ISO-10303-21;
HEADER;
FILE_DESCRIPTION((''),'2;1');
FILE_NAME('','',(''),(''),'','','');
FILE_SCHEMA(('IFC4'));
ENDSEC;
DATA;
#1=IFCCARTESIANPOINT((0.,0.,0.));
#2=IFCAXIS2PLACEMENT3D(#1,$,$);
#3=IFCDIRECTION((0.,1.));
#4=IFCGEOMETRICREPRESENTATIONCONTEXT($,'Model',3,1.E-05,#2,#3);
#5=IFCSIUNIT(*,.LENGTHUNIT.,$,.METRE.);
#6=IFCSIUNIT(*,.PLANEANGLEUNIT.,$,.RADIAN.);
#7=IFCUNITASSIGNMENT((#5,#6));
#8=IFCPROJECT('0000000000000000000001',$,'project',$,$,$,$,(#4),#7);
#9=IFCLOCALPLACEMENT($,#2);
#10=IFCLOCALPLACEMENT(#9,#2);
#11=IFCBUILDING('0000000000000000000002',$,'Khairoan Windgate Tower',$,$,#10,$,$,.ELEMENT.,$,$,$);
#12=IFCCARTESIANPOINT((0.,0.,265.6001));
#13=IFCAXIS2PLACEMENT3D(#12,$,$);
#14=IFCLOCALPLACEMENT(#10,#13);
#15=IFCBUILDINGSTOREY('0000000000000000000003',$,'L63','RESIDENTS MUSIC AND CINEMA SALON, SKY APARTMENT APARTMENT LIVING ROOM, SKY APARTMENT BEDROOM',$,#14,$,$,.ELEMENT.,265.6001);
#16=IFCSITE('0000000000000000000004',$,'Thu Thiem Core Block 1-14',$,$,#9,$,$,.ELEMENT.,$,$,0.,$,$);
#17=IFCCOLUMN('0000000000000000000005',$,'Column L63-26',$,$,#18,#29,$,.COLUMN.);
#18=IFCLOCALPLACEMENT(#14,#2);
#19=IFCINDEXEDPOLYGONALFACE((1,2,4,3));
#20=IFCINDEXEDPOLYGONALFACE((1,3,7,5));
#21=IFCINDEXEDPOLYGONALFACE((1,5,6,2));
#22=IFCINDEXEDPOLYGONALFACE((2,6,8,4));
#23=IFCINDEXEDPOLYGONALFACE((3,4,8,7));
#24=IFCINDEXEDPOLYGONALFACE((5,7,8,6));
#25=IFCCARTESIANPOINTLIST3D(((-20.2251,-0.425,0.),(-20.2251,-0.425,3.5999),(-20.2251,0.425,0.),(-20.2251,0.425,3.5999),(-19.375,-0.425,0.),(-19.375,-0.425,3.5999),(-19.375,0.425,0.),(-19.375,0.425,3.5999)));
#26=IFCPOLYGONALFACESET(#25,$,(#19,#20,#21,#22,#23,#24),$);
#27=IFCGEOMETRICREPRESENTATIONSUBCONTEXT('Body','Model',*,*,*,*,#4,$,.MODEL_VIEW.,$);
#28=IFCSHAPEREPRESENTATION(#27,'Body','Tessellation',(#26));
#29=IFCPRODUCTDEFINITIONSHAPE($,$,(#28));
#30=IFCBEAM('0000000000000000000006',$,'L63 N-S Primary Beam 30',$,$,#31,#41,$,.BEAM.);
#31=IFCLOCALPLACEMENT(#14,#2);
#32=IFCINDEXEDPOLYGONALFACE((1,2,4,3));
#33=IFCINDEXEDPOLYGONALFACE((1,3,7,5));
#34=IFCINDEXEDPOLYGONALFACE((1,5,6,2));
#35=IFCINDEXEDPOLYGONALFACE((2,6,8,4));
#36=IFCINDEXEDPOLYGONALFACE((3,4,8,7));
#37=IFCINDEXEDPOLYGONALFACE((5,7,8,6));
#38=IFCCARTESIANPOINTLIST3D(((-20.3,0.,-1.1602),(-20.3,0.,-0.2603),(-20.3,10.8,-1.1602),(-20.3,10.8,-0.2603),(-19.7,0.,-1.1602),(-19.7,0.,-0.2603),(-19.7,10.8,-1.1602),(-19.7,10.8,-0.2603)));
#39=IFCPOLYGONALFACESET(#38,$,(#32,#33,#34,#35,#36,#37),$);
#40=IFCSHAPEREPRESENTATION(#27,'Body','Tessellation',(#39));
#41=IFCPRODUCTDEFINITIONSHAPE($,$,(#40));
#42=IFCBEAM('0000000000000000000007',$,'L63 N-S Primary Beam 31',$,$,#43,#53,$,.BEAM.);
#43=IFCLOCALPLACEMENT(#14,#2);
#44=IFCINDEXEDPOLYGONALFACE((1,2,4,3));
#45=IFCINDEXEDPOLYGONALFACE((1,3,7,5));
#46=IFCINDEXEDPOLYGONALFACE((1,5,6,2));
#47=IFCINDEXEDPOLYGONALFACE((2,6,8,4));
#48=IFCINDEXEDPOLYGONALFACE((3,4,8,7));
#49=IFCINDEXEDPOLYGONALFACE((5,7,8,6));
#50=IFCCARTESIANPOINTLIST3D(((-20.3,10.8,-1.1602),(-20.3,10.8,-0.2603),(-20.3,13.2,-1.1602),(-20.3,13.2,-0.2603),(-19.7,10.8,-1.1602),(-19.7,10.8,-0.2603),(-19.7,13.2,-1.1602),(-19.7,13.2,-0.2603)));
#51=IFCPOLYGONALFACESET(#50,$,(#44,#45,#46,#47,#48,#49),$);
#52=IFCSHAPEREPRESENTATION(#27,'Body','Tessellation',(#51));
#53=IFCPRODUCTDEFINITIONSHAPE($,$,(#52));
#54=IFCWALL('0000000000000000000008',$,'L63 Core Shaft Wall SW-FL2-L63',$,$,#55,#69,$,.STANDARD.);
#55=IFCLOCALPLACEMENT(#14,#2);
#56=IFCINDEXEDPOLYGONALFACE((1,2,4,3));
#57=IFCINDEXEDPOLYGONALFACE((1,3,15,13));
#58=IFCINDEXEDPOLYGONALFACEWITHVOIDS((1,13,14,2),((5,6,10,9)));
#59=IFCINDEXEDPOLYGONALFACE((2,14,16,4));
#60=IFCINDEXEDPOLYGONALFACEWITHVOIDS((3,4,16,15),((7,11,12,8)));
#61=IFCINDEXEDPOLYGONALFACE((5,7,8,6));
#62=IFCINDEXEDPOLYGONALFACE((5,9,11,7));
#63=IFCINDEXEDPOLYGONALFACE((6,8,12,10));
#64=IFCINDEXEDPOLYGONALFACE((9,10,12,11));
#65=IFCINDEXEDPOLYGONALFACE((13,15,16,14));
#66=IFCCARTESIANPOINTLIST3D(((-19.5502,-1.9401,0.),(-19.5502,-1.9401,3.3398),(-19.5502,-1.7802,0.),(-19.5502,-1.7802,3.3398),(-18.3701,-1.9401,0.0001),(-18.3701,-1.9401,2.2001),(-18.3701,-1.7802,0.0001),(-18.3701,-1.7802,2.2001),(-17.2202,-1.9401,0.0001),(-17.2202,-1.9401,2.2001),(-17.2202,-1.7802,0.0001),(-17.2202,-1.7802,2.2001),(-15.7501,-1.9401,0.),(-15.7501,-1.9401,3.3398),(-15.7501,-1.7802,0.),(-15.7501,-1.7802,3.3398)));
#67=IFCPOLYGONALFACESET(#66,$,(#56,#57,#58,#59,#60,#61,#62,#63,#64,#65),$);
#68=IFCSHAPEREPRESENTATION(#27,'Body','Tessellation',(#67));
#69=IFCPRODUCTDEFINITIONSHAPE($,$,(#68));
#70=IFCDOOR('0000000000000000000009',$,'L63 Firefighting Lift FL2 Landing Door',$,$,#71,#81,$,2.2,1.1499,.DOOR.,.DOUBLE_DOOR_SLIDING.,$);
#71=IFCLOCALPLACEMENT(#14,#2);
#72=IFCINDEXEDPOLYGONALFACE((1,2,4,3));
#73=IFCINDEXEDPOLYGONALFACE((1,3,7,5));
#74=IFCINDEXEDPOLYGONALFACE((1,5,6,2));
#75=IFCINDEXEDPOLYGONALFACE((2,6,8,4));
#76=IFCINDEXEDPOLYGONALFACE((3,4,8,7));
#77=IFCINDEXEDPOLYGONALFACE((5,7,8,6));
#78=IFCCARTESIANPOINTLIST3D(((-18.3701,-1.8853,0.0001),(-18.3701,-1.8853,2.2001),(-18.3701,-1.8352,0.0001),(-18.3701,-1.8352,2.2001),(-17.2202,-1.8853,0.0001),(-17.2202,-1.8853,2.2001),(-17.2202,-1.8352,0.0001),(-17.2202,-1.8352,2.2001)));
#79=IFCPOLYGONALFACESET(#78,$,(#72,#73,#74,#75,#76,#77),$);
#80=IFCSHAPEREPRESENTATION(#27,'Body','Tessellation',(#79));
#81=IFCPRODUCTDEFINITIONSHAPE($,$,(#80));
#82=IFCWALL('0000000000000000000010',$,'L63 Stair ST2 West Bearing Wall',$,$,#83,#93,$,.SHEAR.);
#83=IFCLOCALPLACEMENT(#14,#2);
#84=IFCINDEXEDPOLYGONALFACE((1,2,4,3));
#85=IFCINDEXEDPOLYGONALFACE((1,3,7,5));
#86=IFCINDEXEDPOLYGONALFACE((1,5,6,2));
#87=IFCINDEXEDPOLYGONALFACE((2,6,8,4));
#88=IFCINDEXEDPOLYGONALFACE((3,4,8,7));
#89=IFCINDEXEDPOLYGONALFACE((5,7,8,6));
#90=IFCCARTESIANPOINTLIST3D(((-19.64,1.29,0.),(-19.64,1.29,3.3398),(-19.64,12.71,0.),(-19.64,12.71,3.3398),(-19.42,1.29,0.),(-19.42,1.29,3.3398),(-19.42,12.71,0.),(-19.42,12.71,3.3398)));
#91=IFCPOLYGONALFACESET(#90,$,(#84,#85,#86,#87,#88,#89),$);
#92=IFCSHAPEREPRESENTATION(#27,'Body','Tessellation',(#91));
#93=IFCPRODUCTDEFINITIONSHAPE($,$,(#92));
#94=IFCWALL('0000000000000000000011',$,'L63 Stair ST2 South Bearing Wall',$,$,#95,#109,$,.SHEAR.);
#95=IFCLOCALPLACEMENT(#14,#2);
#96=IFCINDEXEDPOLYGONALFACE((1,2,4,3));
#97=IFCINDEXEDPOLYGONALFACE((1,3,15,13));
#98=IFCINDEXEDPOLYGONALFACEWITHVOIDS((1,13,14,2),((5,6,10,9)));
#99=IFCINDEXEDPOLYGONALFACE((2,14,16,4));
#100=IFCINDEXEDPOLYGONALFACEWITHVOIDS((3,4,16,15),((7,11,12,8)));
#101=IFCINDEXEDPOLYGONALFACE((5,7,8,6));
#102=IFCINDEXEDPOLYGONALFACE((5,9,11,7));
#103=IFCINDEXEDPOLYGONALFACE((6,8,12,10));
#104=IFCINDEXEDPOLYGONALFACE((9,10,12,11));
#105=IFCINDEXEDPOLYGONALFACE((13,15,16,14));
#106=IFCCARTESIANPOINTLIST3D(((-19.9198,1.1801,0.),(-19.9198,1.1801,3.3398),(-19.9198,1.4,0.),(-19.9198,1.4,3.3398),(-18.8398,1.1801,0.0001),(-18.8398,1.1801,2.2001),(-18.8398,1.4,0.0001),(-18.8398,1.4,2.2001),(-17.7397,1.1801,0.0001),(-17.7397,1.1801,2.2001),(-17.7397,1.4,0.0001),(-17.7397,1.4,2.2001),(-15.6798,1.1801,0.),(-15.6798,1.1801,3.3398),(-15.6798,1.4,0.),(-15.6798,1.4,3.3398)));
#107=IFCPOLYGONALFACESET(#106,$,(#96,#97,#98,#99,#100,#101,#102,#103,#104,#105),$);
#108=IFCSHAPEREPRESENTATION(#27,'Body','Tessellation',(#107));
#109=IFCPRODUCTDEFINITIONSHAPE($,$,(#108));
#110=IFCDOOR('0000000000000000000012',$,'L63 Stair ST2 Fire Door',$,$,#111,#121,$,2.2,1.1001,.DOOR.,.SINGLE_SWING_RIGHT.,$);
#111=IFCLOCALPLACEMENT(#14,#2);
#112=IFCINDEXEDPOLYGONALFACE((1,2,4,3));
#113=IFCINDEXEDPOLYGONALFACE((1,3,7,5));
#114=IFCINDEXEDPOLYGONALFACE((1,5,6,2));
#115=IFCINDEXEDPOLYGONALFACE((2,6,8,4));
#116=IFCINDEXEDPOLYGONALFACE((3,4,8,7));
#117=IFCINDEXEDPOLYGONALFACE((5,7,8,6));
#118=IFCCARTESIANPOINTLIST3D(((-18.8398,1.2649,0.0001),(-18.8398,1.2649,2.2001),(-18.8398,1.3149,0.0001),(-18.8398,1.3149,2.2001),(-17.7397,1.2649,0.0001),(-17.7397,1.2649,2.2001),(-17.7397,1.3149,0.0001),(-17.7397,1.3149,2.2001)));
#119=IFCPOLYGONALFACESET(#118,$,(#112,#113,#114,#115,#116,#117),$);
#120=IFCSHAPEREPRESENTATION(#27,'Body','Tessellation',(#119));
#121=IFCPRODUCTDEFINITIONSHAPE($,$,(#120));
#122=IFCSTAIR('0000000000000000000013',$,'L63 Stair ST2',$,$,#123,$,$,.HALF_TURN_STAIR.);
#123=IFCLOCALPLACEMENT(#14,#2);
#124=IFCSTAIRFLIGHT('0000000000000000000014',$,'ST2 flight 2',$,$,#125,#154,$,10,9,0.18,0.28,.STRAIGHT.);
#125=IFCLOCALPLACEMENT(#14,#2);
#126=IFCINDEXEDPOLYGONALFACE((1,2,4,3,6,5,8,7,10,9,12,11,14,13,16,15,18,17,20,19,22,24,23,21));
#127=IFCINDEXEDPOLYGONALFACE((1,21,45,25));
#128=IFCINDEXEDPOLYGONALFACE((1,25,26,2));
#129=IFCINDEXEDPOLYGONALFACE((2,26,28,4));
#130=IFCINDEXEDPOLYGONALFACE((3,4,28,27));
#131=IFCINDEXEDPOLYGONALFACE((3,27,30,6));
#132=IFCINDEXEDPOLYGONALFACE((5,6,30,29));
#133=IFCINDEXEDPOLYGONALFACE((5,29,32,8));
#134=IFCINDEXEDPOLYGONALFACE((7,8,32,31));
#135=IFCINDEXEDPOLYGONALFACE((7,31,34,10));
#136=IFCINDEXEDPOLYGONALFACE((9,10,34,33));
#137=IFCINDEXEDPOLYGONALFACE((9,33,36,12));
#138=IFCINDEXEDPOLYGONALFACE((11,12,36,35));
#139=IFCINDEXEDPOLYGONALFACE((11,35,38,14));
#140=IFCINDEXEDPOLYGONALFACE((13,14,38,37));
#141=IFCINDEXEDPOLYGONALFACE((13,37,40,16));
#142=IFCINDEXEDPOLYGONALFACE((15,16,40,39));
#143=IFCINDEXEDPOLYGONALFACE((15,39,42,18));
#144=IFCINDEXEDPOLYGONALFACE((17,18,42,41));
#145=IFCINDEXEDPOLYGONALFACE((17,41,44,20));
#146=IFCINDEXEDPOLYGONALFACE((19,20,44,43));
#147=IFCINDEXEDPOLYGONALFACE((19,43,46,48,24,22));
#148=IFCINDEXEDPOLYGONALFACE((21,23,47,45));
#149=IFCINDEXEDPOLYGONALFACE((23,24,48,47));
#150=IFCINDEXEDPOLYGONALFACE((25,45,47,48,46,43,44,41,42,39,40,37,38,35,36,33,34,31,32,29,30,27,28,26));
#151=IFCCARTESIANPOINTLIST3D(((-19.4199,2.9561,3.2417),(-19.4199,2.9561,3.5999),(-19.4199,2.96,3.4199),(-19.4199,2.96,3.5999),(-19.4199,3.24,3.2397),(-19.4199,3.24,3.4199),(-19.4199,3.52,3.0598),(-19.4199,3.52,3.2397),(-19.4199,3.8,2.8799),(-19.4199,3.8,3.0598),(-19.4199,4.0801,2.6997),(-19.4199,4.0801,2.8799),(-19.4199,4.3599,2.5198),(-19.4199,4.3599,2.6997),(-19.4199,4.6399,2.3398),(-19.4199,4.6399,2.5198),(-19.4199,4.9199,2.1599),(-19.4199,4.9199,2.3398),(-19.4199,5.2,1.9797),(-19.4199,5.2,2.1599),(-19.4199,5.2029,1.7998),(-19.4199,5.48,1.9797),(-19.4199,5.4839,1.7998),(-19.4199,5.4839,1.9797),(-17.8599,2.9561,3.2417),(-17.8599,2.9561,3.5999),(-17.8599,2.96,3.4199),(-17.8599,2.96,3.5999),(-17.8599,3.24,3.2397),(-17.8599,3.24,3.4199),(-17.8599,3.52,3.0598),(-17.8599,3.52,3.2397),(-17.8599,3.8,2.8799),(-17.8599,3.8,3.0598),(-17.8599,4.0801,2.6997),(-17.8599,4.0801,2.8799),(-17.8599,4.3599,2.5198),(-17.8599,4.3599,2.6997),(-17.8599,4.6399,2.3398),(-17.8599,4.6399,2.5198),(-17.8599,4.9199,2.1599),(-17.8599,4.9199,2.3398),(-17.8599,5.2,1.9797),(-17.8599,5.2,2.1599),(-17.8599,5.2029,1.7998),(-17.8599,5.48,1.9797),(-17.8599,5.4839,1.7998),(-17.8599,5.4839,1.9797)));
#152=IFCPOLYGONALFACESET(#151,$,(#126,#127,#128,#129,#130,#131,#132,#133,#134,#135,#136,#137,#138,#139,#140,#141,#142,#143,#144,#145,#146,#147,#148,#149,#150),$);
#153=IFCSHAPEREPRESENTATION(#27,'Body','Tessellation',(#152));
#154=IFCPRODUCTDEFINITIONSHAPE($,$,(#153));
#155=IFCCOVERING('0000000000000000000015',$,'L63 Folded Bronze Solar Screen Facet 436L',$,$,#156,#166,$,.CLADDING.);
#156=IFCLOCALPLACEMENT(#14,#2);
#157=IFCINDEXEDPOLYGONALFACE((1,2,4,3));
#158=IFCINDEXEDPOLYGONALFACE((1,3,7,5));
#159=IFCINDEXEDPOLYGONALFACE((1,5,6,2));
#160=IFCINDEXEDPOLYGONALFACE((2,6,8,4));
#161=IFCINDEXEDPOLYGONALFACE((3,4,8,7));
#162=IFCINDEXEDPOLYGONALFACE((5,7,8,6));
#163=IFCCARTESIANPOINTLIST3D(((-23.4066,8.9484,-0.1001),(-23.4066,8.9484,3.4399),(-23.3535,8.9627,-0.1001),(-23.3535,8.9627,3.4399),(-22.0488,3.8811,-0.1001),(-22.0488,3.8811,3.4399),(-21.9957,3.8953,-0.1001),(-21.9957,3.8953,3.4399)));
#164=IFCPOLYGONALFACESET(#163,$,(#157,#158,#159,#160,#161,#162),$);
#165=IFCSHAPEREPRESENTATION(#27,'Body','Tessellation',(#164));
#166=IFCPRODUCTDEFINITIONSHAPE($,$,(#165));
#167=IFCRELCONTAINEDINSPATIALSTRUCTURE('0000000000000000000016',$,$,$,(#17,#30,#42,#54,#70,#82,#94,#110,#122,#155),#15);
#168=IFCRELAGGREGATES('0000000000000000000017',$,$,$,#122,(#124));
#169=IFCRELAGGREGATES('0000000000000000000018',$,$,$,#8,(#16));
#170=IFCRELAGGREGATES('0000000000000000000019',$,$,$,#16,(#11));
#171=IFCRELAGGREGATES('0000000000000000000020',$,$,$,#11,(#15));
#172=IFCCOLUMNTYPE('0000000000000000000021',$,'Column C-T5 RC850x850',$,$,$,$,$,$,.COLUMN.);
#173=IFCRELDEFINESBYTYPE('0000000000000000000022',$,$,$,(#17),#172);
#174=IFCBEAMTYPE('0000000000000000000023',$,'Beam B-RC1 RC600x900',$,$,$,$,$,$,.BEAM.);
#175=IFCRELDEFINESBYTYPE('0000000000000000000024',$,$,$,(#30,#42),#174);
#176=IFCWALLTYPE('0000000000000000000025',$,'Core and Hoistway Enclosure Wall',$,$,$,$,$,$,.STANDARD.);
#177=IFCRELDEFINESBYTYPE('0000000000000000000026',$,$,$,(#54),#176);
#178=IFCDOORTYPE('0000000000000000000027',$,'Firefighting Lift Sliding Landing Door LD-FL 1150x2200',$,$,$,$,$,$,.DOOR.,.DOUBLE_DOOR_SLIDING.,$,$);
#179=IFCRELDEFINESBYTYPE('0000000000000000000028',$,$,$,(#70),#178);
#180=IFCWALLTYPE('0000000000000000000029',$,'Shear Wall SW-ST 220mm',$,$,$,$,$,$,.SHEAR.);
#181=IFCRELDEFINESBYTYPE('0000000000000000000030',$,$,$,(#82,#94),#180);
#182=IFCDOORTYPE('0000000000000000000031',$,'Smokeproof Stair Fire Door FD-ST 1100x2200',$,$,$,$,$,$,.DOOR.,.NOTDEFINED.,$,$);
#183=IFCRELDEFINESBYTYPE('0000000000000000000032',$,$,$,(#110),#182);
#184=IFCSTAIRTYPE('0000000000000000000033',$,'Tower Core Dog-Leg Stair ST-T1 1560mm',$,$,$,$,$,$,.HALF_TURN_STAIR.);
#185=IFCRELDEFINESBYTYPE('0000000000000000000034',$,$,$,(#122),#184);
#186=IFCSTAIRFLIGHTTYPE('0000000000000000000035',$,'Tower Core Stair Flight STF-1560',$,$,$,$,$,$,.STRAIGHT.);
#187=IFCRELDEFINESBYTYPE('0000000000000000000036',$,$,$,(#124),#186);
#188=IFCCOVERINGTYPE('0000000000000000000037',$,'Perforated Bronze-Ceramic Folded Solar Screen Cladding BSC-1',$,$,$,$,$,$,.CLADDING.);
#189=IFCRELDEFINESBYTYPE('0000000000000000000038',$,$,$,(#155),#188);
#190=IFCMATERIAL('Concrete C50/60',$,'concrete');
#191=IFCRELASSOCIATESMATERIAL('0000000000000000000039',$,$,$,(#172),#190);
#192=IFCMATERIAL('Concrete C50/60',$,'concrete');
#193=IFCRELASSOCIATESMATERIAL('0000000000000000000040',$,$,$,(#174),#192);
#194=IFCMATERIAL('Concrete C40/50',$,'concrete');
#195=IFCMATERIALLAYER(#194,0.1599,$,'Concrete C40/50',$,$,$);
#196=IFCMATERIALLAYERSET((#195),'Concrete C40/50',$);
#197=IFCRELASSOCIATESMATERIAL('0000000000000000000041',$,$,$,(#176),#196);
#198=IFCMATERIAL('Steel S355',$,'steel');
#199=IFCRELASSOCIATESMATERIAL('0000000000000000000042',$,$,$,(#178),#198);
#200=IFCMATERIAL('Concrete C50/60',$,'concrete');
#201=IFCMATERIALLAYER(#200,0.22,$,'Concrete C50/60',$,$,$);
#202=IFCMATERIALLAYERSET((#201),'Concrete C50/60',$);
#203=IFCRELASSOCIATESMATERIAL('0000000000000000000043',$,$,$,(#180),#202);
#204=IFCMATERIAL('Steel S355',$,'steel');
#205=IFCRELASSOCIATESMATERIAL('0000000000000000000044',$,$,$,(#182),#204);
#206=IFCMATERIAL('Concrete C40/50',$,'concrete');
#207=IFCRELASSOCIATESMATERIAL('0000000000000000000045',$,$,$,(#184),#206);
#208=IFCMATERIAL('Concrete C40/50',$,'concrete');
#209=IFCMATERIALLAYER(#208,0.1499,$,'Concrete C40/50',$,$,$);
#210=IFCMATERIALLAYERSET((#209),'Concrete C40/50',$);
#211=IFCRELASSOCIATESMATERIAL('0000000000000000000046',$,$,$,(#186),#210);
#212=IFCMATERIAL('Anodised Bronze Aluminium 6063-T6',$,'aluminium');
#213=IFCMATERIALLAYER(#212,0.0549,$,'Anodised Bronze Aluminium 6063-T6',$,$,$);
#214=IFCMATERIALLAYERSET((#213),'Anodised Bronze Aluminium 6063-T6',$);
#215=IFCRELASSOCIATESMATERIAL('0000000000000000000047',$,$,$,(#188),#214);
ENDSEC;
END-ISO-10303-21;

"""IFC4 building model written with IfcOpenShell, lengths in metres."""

from ifc_helpers import new_model, si_unit, direction, frame, frame_2d, origin, origin_2d, place, context, subcontext, project, spatial, polyline, rectangle, outline, extrude, material, layer, layer_set, material_profile, profile_set, type_object, element, fill, aggregate, save


model = new_model("IFC4")

# Units and contexts
model_context = context("Model", 3, precision=1e-05, world=origin(), true_north=direction((0.0, 1.0)))
body_context = subcontext(model_context, "Body", "Model", "MODEL_VIEW")
ifc_project = project(units=[si_unit("LENGTHUNIT", "METRE"), si_unit("PLANEANGLEUNIT", "RADIAN")], contexts=[model_context])

# Site, building, storey
site_placement = place(None, origin())
site = spatial("IfcSite", under=ifc_project, at=site_placement, Name="Thu Thiem Core Block 1-14", CompositionType="ELEMENT", RefElevation=0.0)
building_placement = place(site_placement, origin())
building = spatial("IfcBuilding", under=site, at=building_placement, Name="Khairoan Windgate Tower", CompositionType="ELEMENT")
storey_placement = place(building_placement, frame((0.0, 0.0, 265.6001)))
storey = spatial("IfcBuildingStorey", under=building, at=storey_placement, Name="L63", Description="RESIDENTS MUSIC AND CINEMA SALON, SKY APARTMENT APARTMENT LIVING ROOM, SKY APARTMENT BEDROOM", CompositionType="ELEMENT", Elevation=265.6001)

# Column
ifc_material_1 = material(Name="Concrete C50/60", Category="concrete")
ifc_material_profile_1 = material_profile(ifc_material_1, rectangle(XDim=0.8501, YDim=0.8501, at=origin_2d()))
ifc_profile_set_1 = profile_set([ifc_material_profile_1], Name="Concrete C50/60")
column_type = type_object("IfcColumnType", Name="Column C-T5 RC850x850", PredefinedType="COLUMN", material=ifc_profile_set_1)
column_placement = place(storey_placement, frame((-19.8, 0.0, 0.0), z_axis=(0.0, 0.0, 1.0), x_axis=(1.0, 0.0, 0.0)))
element("IfcColumn", 1, at=column_placement, inside=storey, type_object=column_type, Name="Column L63-26", PredefinedType="COLUMN", context=body_context, shape_type="SweptSolid", body=[
    extrude(rectangle(XDim=0.8501, YDim=0.8501, at=origin_2d()), origin(), (0.0, 0.0, 1.0), 3.5999),
])

# Beams
ifc_material_2 = material(Name="Concrete C50/60", Category="concrete")
ifc_material_profile_2 = material_profile(ifc_material_2, rectangle(XDim=0.6001, YDim=0.8999, at=origin_2d()))
ifc_profile_set_2 = profile_set([ifc_material_profile_2], Name="Concrete C50/60")
beam_type = type_object("IfcBeamType", Name="Beam B-RC1 RC600x900", PredefinedType="BEAM", material=ifc_profile_set_2)
beam_1_placement = place(storey_placement, frame((-20.0, 0.0, -0.7102), z_axis=(0.0, 1.0, 0.0), x_axis=(-1.0, 0.0, 0.0)))
element("IfcBeam", 2, at=beam_1_placement, inside=storey, type_object=beam_type, Name="L63 N-S Primary Beam 30", PredefinedType="BEAM", context=body_context, shape_type="SweptSolid", body=[
    extrude(rectangle(XDim=0.6001, YDim=0.8999, at=origin_2d()), origin(), (0.0, 0.0, 1.0), 10.8),
])
beam_2_placement = place(storey_placement, frame((-20.0, 10.8, -0.7102), z_axis=(0.0, 1.0, 0.0), x_axis=(-1.0, 0.0, 0.0)))
element("IfcBeam", 3, at=beam_2_placement, inside=storey, type_object=beam_type, Name="L63 N-S Primary Beam 31", PredefinedType="BEAM", context=body_context, shape_type="SweptSolid", body=[
    extrude(rectangle(XDim=0.6001, YDim=0.8999, at=origin_2d()), origin(), (0.0, 0.0, 1.0), 2.3999),
])

# Wall, opening, door
ifc_material_3 = material(Name="Concrete C40/50", Category="concrete")
ifc_layer_1 = layer(ifc_material_3, 0.1599, Name="Concrete C40/50")
ifc_layer_set_1 = layer_set([ifc_layer_1], Name="Concrete C40/50")
wall_type_1 = type_object("IfcWallType", Name="Core and Hoistway Enclosure Wall", PredefinedType="STANDARD", material=ifc_layer_set_1)
wall_1_placement = place(storey_placement, frame((-19.55, -1.8601, 0.0), z_axis=(0.0, 0.0, 1.0), x_axis=(1.0, 0.0, 0.0)))
wall_1 = element("IfcWall", 4, at=wall_1_placement, inside=storey, type_object=wall_type_1, Name="L63 Core Shaft Wall SW-FL2-L63", PredefinedType="STANDARD", context=body_context, shape_type="SweptSolid", body=[
    extrude(rectangle(XDim=3.8, YDim=0.1599, at=frame_2d((1.8999, 0.0))), origin(), (0.0, 0.0, 1.0), 3.3398),
])
opening_1_placement = place(wall_1_placement, frame((1.1799, 0.0, 0.0)))
opening_1 = element("IfcOpeningElement", 5, at=opening_1_placement, cuts=wall_1, PredefinedType="OPENING", context=body_context, shape_type="SweptSolid", body=[
    extrude(rectangle(XDim=1.1499, YDim=2.2, at=frame_2d((0.575, 1.1001))), frame((0.0, 0.0898, 0.0), z_axis=(0.0, -1.0, 0.0), x_axis=(1.0, 0.0, 0.0)), (0.0, 0.0, 1.0), 0.1799),
])
ifc_material_4 = material(Name="Steel S355", Category="steel")
door_type_1 = type_object("IfcDoorType", Name="Firefighting Lift Sliding Landing Door LD-FL 1150x2200", OperationType="DOUBLE_DOOR_SLIDING", PredefinedType="DOOR", material=ifc_material_4)
door_1_placement = place(opening_1_placement, origin())
door_1 = element("IfcDoor", 6, at=door_1_placement, inside=storey, type_object=door_type_1, Name="L63 Firefighting Lift FL2 Landing Door", OperationType="DOUBLE_DOOR_SLIDING", OverallHeight=2.2, OverallWidth=1.1499, PredefinedType="DOOR", context=body_context, shape_type="SweptSolid", body=[
    extrude(rectangle(XDim=1.1499, YDim=2.2, at=frame_2d((0.575, 1.1001))), frame((0.0, 0.0249, 0.0), z_axis=(0.0, -1.0, 0.0), x_axis=(1.0, 0.0, 0.0)), (0.0, 0.0, 1.0), 0.05),
])
fill(opening_1, door_1)

# Wall
ifc_material_5 = material(Name="Concrete C50/60", Category="concrete")
ifc_layer_2 = layer(ifc_material_5, 0.22, Name="Concrete C50/60")
ifc_layer_set_2 = layer_set([ifc_layer_2], Name="Concrete C50/60")
wall_type_2 = type_object("IfcWallType", Name="Shear Wall SW-ST 220mm", PredefinedType="SHEAR", material=ifc_layer_set_2)
wall_2_placement = place(storey_placement, frame((-19.53, 1.29, 0.0), z_axis=(0.0, 0.0, 1.0), x_axis=(0.0, 1.0, 0.0)))
element("IfcWall", 7, at=wall_2_placement, inside=storey, type_object=wall_type_2, Name="L63 Stair ST2 West Bearing Wall", PredefinedType="SHEAR", context=body_context, shape_type="SweptSolid", body=[
    extrude(rectangle(XDim=11.4199, YDim=0.22, at=frame_2d((5.71, 0.0))), origin(), (0.0, 0.0, 1.0), 3.3398),
])

# Wall, opening, door
wall_3_placement = place(storey_placement, frame((-19.9199, 1.29, 0.0), z_axis=(0.0, 0.0, 1.0), x_axis=(1.0, 0.0, 0.0)))
wall_3 = element("IfcWall", 8, at=wall_3_placement, inside=storey, type_object=wall_type_2, Name="L63 Stair ST2 South Bearing Wall", PredefinedType="SHEAR", context=body_context, shape_type="SweptSolid", body=[
    extrude(rectangle(XDim=4.24, YDim=0.22, at=frame_2d((2.1201, 0.0))), origin(), (0.0, 0.0, 1.0), 3.3398),
])
opening_2_placement = place(wall_3_placement, frame((1.0801, 0.0, 0.0)))
opening_2 = element("IfcOpeningElement", 9, at=opening_2_placement, cuts=wall_3, PredefinedType="OPENING", context=body_context, shape_type="SweptSolid", body=[
    extrude(rectangle(XDim=1.1001, YDim=2.2, at=frame_2d((0.55, 1.1001))), frame((0.0, 0.1199, 0.0), z_axis=(0.0, -1.0, 0.0), x_axis=(1.0, 0.0, 0.0)), (0.0, 0.0, 1.0), 0.24),
])
ifc_material_6 = material(Name="Steel S355", Category="steel")
door_type_2 = type_object("IfcDoorType", Name="Smokeproof Stair Fire Door FD-ST 1100x2200", OperationType="NOTDEFINED", PredefinedType="DOOR", material=ifc_material_6)
door_2_placement = place(opening_2_placement, origin())
door_2 = element("IfcDoor", 10, at=door_2_placement, inside=storey, type_object=door_type_2, Name="L63 Stair ST2 Fire Door", OperationType="SINGLE_SWING_RIGHT", OverallHeight=2.2, OverallWidth=1.1001, PredefinedType="DOOR", context=body_context, shape_type="SweptSolid", body=[
    extrude(rectangle(XDim=1.1001, YDim=2.2, at=frame_2d((0.55, 1.1001))), frame((0.0, 0.0249, 0.0), z_axis=(0.0, -1.0, 0.0), x_axis=(1.0, 0.0, 0.0)), (0.0, 0.0, 1.0), 0.05),
])
fill(opening_2, door_2)

# Stair, stair flight
ifc_material_7 = material(Name="Concrete C40/50", Category="concrete")
stair_type = type_object("IfcStairType", Name="Tower Core Dog-Leg Stair ST-T1 1560mm", PredefinedType="HALF_TURN_STAIR", material=ifc_material_7)
stair_placement = place(storey_placement, origin())
stair = element("IfcStair", 11, at=stair_placement, inside=storey, type_object=stair_type, Name="L63 Stair ST2", PredefinedType="HALF_TURN_STAIR")
ifc_material_8 = material(Name="Concrete C40/50", Category="concrete")
ifc_layer_3 = layer(ifc_material_8, 0.1499, Name="Concrete C40/50")
ifc_layer_set_3 = layer_set([ifc_layer_3], Name="Concrete C40/50")
stair_flight_type = type_object("IfcStairFlightType", Name="Tower Core Stair Flight STF-1560", PredefinedType="STRAIGHT", material=ifc_layer_set_3)
stair_flight_placement = place(storey_placement, frame((-18.6399, 5.48, 1.7998), z_axis=(0.0, 0.0, 1.0), x_axis=(0.0, -1.0, 0.0)))
stair_flight = element("IfcStairFlight", 12, at=stair_flight_placement, type_object=stair_flight_type, Name="ST2 flight 2", NumberOfRisers=10, NumberOfTreads=9, PredefinedType="STRAIGHT", RiserHeight=0.18, TreadLength=0.28, context=body_context, shape_type="SweptSolid", body=[
    extrude(outline(polyline([(-0.0039, 0.0), (-0.0039, 0.1799), (0.0, 0.1799), (0.28, 0.1799), (0.28, 0.3601), (0.5601, 0.3601), (0.5601, 0.54), (0.8401, 0.54), (0.8401, 0.72), (1.1201, 0.72), (1.1201, 0.8999), (1.3999, 0.8999), (1.3999, 1.0801), (1.6799, 1.0801), (1.6799, 1.26), (1.96, 1.26), (1.96, 1.4399), (2.24, 1.4399), (2.24, 1.6201), (2.52, 1.6201), (2.52, 1.8), (2.5239, 1.8), (2.5239, 1.4419), (0.2771, 0.0), (-0.0039, 0.0)])), frame((0.0, 0.78, 0.0), z_axis=(0.0, -1.0, 0.0), x_axis=(1.0, 0.0, 0.0)), (0.0, 0.0, 1.0), 1.5601),
])
aggregate(stair, [stair_flight])

# Covering
ifc_material_9 = material(Name="Anodised Bronze Aluminium 6063-T6", Category="aluminium")
ifc_layer_4 = layer(ifc_material_9, 0.0549, Name="Anodised Bronze Aluminium 6063-T6")
ifc_layer_set_4 = layer_set([ifc_layer_4], Name="Anodised Bronze Aluminium 6063-T6")
covering_type = type_object("IfcCoveringType", Name="Perforated Bronze-Ceramic Folded Solar Screen Cladding BSC-1", PredefinedType="CLADDING", material=ifc_layer_set_4)
covering_placement = place(storey_placement, frame((-22.7012, 6.4219, -0.1001), z_axis=(0.0, 0.0, 1.0), x_axis=(-0.258819, 0.965926, 0.0)))
element("IfcCovering", 13, at=covering_placement, inside=storey, type_object=covering_type, Name="L63 Folded Bronze Solar Screen Facet 436L", PredefinedType="CLADDING", context=body_context, shape_type="SweptSolid", body=[
    extrude(rectangle(XDim=5.2461, YDim=0.0549, at=origin_2d()), origin(), (0.0, 0.0, 1.0), 3.54),
])

save(model, "model.ifc")
